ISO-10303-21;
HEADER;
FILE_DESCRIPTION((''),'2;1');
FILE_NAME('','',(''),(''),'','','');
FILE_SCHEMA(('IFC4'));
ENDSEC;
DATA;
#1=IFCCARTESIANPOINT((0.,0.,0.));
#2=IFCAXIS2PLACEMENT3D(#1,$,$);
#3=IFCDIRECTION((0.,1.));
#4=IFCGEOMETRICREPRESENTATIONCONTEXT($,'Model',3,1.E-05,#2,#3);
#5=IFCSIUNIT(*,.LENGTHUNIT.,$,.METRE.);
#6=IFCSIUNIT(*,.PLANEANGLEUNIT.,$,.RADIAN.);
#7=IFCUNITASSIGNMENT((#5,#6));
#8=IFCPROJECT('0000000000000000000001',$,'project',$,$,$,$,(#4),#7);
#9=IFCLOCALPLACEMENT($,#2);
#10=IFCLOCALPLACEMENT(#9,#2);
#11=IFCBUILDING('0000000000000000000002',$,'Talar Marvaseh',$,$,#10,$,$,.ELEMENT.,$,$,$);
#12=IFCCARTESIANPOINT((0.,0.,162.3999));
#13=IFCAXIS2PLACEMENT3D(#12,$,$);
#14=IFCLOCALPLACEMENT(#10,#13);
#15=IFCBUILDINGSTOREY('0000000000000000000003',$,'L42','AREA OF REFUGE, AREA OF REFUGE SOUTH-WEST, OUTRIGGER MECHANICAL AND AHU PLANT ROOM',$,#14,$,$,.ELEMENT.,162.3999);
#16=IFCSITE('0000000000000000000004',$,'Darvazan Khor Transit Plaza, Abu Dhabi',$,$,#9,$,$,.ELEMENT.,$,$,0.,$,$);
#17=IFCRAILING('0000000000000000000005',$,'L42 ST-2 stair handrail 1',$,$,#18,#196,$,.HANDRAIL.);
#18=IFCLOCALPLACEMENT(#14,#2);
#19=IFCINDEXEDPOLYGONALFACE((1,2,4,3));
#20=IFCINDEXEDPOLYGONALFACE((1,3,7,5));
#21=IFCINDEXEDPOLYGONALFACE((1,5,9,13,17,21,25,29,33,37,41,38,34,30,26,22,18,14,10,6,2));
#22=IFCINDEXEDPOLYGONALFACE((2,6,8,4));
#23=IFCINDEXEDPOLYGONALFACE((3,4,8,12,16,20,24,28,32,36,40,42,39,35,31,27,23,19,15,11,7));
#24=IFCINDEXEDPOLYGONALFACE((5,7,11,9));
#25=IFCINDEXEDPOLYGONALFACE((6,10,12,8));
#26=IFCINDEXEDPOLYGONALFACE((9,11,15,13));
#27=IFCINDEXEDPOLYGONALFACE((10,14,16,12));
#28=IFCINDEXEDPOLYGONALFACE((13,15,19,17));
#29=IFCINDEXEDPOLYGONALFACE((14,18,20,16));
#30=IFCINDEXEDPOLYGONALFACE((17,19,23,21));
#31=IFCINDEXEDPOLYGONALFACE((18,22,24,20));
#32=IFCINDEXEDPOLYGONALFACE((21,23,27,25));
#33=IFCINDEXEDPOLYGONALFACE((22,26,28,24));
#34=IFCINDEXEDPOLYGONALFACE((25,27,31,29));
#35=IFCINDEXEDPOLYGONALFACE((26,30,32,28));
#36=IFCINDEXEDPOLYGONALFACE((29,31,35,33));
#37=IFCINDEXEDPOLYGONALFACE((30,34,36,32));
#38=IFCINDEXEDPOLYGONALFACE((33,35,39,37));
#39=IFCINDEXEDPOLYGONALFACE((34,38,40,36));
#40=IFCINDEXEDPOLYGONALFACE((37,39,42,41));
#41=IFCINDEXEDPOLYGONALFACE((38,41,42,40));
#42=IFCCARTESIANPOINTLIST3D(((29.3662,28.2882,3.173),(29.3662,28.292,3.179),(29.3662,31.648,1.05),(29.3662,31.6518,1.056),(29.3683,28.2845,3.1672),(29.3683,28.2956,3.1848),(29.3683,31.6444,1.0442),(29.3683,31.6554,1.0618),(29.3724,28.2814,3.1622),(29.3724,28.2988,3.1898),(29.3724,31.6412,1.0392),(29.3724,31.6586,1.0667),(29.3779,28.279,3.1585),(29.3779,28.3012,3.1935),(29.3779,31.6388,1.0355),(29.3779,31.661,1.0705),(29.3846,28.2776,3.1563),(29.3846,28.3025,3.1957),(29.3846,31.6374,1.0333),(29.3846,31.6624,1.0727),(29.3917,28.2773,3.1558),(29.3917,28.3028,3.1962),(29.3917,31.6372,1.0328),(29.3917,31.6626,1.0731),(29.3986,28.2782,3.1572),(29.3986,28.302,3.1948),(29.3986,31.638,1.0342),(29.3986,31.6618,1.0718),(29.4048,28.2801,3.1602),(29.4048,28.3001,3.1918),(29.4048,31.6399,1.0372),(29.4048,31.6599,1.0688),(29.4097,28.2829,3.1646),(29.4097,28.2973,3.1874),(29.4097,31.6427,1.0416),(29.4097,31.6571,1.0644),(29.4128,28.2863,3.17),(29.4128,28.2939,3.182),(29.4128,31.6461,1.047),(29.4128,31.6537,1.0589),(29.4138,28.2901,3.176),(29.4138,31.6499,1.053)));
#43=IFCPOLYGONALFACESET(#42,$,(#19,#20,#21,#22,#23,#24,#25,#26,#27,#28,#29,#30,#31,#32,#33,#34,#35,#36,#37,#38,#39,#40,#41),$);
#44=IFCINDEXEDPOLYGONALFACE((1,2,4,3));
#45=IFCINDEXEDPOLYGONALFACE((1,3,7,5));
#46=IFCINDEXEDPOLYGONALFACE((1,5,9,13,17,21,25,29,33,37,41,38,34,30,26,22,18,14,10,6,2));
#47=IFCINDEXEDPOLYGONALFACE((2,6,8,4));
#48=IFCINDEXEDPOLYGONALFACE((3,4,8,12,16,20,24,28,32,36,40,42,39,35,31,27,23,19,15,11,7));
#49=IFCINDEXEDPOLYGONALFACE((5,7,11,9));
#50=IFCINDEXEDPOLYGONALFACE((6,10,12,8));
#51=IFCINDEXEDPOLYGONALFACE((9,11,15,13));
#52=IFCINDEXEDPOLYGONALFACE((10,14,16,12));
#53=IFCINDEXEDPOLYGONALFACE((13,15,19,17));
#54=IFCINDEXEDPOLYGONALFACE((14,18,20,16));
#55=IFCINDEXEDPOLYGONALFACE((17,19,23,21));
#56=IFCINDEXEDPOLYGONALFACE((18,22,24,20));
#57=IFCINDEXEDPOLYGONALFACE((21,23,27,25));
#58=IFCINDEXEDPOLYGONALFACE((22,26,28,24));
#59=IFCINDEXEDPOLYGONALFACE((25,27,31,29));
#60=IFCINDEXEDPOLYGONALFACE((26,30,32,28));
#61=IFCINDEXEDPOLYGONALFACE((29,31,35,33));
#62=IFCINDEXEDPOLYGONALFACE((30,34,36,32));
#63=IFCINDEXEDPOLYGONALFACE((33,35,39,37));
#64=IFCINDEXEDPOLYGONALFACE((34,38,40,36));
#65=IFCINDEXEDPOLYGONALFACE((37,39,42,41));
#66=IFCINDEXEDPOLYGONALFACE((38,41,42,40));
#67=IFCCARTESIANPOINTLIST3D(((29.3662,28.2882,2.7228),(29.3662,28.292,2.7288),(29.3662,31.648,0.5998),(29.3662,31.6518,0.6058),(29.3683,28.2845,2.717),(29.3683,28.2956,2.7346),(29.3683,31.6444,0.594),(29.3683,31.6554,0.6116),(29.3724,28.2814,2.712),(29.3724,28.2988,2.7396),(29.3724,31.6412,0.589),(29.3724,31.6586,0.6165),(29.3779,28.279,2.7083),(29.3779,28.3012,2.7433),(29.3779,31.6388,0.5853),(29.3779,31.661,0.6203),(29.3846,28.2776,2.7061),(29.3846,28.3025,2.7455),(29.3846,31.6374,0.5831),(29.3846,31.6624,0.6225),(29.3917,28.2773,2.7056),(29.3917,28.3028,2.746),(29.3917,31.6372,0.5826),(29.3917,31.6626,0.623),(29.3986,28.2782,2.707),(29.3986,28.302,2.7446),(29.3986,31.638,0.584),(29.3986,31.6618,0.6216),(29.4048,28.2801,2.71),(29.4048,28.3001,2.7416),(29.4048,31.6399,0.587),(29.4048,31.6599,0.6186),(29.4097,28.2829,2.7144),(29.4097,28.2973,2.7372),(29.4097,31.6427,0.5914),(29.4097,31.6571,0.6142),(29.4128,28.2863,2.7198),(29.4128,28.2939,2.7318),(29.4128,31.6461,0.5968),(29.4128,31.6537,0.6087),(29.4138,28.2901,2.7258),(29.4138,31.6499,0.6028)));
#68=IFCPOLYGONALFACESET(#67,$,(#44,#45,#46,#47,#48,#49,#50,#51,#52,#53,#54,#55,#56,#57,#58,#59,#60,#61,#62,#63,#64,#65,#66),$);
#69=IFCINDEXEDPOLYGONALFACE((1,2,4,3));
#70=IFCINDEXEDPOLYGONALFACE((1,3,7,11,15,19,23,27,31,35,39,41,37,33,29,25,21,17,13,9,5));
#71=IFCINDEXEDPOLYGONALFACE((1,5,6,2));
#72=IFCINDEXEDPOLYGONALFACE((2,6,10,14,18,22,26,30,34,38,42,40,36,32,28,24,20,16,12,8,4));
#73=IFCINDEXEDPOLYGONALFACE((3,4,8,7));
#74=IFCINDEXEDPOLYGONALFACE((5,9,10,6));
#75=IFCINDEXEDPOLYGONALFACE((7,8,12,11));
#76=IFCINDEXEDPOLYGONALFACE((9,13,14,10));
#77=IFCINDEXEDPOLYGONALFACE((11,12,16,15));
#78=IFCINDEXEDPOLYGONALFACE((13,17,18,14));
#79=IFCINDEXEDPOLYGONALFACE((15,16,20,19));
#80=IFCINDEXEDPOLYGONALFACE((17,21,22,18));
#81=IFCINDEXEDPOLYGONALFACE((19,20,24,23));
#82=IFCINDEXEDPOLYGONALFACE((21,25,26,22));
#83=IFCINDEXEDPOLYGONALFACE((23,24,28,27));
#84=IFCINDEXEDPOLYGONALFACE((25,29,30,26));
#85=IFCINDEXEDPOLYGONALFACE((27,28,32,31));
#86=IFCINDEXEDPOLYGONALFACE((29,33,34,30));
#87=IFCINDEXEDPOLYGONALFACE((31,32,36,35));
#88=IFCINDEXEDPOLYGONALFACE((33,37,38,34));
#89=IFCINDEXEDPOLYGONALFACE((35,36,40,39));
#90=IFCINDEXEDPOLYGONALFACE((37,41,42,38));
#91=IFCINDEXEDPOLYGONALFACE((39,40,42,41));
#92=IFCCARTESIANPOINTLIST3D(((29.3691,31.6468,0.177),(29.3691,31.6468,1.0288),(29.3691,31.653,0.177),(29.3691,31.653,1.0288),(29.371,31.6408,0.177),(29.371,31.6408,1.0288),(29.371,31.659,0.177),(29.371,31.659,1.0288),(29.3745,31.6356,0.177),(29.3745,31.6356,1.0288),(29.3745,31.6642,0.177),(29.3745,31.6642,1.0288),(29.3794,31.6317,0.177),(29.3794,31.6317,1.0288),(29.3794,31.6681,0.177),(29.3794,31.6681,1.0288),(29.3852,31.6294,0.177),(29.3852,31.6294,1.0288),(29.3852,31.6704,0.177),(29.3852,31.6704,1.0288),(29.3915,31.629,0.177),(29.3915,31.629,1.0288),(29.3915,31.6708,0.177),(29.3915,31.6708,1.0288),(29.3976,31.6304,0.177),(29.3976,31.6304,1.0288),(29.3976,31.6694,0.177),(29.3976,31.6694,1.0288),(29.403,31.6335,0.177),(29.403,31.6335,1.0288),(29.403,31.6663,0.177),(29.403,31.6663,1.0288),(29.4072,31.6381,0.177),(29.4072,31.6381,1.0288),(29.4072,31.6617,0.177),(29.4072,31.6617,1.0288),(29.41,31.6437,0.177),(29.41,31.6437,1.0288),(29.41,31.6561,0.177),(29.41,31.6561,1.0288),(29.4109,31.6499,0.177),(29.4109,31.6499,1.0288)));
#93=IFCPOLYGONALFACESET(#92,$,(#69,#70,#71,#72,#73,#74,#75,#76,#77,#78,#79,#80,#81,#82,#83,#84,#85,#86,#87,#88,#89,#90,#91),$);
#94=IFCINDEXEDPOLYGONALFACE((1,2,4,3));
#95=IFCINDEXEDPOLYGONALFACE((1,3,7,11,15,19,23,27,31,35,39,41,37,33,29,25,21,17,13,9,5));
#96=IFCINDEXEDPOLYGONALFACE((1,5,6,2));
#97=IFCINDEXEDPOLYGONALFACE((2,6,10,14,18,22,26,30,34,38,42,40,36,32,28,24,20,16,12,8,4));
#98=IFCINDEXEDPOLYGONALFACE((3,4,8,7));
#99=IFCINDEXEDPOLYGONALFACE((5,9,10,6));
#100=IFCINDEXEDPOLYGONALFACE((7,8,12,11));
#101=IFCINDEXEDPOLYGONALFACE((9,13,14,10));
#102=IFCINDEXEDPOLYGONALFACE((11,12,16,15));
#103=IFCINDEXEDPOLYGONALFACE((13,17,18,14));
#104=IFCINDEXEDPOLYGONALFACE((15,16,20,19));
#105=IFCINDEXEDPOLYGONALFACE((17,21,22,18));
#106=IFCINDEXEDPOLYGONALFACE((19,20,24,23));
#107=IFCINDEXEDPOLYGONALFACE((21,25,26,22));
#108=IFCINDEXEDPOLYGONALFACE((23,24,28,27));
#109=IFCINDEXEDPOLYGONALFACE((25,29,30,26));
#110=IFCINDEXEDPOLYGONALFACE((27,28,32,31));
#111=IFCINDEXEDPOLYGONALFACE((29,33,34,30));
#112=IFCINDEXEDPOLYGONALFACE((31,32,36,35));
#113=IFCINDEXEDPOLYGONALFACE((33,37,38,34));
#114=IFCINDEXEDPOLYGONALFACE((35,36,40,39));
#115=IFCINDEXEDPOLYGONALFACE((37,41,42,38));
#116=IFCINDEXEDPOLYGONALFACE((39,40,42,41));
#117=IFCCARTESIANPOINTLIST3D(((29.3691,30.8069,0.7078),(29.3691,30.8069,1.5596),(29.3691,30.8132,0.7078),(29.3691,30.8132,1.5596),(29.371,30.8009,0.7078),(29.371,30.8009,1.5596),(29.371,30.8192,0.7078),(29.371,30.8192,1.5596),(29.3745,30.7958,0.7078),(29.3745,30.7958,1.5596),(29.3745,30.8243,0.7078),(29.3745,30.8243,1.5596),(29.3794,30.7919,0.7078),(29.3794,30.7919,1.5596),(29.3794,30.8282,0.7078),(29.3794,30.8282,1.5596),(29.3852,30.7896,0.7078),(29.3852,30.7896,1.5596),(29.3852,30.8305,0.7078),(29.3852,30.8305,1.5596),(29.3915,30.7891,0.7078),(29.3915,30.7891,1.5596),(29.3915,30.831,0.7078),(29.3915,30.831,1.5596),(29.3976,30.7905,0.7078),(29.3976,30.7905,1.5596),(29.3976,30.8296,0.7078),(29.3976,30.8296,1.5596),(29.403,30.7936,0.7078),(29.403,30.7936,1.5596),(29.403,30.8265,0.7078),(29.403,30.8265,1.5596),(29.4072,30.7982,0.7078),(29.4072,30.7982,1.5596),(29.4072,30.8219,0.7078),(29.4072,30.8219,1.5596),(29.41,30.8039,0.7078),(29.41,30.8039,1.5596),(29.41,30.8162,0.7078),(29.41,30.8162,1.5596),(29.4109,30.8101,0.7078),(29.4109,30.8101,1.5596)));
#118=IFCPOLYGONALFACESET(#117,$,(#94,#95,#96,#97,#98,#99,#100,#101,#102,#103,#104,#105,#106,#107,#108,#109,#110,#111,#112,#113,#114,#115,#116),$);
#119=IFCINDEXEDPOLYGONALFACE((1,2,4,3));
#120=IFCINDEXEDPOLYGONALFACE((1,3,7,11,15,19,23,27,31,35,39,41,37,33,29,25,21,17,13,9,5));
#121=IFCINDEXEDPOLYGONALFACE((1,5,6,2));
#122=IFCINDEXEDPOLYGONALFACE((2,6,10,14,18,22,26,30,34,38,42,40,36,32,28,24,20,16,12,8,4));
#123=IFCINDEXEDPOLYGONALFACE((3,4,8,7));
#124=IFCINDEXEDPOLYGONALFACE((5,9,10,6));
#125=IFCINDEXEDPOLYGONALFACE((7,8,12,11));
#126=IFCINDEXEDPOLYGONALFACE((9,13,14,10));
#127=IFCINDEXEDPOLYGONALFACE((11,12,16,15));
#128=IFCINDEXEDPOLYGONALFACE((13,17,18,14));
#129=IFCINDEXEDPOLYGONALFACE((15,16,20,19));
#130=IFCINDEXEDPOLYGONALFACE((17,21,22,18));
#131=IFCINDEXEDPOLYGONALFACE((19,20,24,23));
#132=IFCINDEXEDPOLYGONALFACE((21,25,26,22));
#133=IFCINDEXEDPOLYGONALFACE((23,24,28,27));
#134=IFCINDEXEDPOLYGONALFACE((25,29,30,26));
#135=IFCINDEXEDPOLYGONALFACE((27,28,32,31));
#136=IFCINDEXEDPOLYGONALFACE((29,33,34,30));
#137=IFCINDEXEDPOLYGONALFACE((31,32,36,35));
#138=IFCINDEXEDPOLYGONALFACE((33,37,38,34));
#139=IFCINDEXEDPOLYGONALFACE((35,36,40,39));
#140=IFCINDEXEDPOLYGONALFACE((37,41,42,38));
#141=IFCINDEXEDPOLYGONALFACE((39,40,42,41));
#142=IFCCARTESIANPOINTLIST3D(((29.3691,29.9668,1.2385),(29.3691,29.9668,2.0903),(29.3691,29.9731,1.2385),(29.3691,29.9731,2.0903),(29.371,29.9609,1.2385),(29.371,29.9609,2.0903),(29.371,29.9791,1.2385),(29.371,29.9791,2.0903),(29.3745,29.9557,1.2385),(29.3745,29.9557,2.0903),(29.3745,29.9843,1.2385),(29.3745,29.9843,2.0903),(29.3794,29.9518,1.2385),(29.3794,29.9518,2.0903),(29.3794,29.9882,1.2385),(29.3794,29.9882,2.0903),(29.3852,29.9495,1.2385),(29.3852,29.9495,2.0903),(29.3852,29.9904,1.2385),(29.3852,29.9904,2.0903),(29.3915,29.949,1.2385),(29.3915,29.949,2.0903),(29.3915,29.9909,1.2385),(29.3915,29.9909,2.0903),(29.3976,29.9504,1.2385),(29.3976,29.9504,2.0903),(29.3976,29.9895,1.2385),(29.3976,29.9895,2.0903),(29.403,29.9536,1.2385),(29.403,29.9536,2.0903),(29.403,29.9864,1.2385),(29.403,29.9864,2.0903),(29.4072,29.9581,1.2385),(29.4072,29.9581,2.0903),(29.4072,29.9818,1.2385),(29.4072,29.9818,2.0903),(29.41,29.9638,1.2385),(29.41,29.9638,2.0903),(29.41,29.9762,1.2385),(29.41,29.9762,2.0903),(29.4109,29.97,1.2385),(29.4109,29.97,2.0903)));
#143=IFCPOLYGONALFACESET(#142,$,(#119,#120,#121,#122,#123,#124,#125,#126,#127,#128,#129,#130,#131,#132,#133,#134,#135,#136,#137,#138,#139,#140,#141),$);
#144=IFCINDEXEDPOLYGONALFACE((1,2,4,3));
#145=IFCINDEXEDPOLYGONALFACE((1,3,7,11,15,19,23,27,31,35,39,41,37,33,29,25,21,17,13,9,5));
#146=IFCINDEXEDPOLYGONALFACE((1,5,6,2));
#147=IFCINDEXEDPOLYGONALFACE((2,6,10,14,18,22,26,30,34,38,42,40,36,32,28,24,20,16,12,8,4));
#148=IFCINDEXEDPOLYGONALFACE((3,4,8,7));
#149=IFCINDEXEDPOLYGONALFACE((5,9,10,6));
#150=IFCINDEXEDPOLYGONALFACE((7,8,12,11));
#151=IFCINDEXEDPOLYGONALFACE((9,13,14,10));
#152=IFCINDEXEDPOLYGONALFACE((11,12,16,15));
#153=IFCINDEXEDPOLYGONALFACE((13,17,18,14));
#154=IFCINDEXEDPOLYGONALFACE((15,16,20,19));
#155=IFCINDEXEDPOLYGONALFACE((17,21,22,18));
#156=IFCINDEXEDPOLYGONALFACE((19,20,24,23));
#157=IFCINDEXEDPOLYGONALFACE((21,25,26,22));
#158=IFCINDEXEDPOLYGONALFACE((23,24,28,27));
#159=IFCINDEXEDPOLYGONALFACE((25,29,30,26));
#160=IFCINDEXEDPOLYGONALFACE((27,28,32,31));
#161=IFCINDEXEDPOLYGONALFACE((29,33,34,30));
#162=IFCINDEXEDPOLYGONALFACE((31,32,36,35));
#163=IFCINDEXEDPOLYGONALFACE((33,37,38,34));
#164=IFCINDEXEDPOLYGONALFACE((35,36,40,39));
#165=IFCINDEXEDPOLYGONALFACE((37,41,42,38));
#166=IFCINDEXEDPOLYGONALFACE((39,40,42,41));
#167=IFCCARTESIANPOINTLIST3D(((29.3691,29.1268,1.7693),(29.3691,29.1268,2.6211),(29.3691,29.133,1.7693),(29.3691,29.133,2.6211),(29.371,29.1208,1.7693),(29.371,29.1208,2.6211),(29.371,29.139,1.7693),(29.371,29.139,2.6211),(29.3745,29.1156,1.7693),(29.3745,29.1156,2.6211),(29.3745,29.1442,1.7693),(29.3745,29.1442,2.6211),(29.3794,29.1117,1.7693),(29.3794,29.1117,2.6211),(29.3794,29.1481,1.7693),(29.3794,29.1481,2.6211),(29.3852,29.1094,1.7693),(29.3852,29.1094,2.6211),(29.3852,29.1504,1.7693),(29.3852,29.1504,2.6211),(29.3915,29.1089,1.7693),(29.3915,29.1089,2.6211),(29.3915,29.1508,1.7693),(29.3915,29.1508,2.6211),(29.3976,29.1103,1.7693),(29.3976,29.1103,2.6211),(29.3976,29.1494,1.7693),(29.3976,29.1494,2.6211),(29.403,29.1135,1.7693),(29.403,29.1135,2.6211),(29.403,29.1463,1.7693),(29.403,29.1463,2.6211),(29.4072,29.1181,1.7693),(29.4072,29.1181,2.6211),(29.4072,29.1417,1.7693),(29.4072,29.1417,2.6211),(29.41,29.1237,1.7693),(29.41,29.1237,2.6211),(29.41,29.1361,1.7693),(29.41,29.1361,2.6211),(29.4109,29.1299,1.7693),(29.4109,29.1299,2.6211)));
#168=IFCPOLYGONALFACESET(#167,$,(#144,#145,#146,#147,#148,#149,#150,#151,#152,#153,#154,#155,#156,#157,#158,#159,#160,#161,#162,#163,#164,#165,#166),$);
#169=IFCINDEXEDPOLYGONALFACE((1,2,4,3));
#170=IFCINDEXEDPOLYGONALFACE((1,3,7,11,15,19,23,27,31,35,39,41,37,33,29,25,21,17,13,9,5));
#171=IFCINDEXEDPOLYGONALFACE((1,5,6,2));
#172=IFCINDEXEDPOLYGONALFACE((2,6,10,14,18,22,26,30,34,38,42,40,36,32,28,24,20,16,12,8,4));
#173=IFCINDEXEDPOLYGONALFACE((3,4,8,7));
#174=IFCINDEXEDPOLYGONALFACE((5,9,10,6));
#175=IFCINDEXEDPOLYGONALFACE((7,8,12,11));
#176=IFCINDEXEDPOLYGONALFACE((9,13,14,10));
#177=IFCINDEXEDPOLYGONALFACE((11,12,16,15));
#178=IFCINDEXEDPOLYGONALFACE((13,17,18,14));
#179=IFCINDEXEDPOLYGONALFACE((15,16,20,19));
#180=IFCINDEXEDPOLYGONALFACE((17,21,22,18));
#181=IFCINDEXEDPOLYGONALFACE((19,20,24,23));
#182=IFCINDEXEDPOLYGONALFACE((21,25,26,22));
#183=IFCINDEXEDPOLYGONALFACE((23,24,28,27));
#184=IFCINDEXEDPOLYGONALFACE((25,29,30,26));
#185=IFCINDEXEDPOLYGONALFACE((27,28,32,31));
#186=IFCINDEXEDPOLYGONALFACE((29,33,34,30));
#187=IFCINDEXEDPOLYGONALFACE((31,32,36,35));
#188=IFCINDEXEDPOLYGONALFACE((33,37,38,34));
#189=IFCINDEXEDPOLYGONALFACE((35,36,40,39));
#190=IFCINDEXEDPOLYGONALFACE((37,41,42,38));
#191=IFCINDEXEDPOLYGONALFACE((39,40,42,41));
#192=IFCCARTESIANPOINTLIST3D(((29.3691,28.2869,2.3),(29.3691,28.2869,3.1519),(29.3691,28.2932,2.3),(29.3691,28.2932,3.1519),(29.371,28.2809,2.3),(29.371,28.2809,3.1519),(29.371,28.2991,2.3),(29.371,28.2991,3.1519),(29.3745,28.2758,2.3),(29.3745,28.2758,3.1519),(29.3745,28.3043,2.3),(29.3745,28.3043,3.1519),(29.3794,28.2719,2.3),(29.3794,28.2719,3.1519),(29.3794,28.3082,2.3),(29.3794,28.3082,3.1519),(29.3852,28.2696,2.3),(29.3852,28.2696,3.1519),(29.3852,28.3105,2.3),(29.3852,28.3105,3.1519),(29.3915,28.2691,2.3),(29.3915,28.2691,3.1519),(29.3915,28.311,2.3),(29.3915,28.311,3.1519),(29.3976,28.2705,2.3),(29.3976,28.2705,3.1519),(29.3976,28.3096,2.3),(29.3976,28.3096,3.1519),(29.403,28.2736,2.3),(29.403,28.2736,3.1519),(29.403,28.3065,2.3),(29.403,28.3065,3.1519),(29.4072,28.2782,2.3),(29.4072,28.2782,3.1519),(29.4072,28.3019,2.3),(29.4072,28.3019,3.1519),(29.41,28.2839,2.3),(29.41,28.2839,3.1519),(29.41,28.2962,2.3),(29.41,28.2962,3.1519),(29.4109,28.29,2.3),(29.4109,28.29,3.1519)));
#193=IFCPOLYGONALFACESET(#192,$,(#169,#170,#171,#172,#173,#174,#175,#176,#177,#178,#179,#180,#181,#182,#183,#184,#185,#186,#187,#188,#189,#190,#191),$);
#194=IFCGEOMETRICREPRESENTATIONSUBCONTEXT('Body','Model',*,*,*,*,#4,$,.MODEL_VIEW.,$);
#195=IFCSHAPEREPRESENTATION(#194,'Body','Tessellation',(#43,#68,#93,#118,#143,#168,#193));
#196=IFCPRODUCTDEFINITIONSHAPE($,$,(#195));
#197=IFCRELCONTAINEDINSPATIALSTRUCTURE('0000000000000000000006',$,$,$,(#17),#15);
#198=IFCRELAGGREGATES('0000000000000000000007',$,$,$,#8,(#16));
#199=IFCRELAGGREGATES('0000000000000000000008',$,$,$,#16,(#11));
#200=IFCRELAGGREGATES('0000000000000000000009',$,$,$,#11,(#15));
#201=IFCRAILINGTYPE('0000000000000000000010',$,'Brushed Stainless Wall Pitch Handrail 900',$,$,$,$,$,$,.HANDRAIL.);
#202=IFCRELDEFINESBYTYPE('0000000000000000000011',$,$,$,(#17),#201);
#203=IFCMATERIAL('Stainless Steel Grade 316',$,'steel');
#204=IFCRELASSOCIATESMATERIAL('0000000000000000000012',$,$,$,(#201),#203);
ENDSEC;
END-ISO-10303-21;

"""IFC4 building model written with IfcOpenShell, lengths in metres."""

from ifc_helpers import new_model, si_unit, direction, frame, origin, origin_2d, place, context, subcontext, project, spatial, circle, extrude, material, type_object, element, save


model = new_model("IFC4")

# Units and contexts
model_context = context("Model", 3, precision=1e-05, world=origin(), true_north=direction((0.0, 1.0)))
body_context = subcontext(model_context, "Body", "Model", "MODEL_VIEW")
ifc_project = project(units=[si_unit("LENGTHUNIT", "METRE"), si_unit("PLANEANGLEUNIT", "RADIAN")], contexts=[model_context])

# Site, building, storey
site_placement = place(None, origin())
site = spatial("IfcSite", under=ifc_project, at=site_placement, Name="Darvazan Khor Transit Plaza, Abu Dhabi", CompositionType="ELEMENT", RefElevation=0.0)
building_placement = place(site_placement, origin())
building = spatial("IfcBuilding", under=site, at=building_placement, Name="Talar Marvaseh", CompositionType="ELEMENT")
storey_placement = place(building_placement, frame((0.0, 0.0, 162.3999)))
storey = spatial("IfcBuildingStorey", under=building, at=storey_placement, Name="L42", Description="AREA OF REFUGE, AREA OF REFUGE SOUTH-WEST, OUTRIGGER MECHANICAL AND AHU PLANT ROOM", CompositionType="ELEMENT", Elevation=162.3999)

# Railing
ifc_material_1 = material(Name="Stainless Steel Grade 316", Category="steel")
railing_type_1 = type_object("IfcRailingType", Name="Brushed Stainless Wall Pitch Handrail 900", PredefinedType="HANDRAIL", material=ifc_material_1)
railing_1_placement = place(storey_placement, frame((29.3899, 31.6499, 0.177)))
element("IfcRailing", 1, at=railing_1_placement, inside=storey, type_object=railing_type_1, Name="L42 ST-2 stair handrail 1", PredefinedType="HANDRAIL", context=body_context, shape_type="SweptSolid", body=[
    extrude(circle(Radius=0.0239, at=origin_2d()), frame((0.0, 0.0, 0.876), z_axis=(0.0, -0.845372, 0.534178), x_axis=(1.0, 0.0, 0.0)), (0.0, 0.0, 1.0), 3.9744),
    extrude(circle(Radius=0.0239, at=origin_2d()), frame((0.0, 0.0, 0.4258), z_axis=(0.0, -0.845372, 0.534178), x_axis=(1.0, 0.0, 0.0)), (0.0, 0.0, 1.0), 3.9744),
    extrude(circle(Radius=0.021, at=origin_2d()), origin(), (0.0, 0.0, 1.0), 0.8518),
    extrude(circle(Radius=0.021, at=origin_2d()), frame((0.0, -0.8398, 0.5308)), (0.0, 0.0, 1.0), 0.8518),
    extrude(circle(Radius=0.021, at=origin_2d()), frame((0.0, -1.6799, 1.0615)), (0.0, 0.0, 1.0), 0.8518),
    extrude(circle(Radius=0.021, at=origin_2d()), frame((0.0, -2.52, 1.5923)), (0.0, 0.0, 1.0), 0.8518),
    extrude(circle(Radius=0.021, at=origin_2d()), frame((0.0, -3.3599, 2.123)), (0.0, 0.0, 1.0), 0.8518),
])

save(model, "model.ifc")
